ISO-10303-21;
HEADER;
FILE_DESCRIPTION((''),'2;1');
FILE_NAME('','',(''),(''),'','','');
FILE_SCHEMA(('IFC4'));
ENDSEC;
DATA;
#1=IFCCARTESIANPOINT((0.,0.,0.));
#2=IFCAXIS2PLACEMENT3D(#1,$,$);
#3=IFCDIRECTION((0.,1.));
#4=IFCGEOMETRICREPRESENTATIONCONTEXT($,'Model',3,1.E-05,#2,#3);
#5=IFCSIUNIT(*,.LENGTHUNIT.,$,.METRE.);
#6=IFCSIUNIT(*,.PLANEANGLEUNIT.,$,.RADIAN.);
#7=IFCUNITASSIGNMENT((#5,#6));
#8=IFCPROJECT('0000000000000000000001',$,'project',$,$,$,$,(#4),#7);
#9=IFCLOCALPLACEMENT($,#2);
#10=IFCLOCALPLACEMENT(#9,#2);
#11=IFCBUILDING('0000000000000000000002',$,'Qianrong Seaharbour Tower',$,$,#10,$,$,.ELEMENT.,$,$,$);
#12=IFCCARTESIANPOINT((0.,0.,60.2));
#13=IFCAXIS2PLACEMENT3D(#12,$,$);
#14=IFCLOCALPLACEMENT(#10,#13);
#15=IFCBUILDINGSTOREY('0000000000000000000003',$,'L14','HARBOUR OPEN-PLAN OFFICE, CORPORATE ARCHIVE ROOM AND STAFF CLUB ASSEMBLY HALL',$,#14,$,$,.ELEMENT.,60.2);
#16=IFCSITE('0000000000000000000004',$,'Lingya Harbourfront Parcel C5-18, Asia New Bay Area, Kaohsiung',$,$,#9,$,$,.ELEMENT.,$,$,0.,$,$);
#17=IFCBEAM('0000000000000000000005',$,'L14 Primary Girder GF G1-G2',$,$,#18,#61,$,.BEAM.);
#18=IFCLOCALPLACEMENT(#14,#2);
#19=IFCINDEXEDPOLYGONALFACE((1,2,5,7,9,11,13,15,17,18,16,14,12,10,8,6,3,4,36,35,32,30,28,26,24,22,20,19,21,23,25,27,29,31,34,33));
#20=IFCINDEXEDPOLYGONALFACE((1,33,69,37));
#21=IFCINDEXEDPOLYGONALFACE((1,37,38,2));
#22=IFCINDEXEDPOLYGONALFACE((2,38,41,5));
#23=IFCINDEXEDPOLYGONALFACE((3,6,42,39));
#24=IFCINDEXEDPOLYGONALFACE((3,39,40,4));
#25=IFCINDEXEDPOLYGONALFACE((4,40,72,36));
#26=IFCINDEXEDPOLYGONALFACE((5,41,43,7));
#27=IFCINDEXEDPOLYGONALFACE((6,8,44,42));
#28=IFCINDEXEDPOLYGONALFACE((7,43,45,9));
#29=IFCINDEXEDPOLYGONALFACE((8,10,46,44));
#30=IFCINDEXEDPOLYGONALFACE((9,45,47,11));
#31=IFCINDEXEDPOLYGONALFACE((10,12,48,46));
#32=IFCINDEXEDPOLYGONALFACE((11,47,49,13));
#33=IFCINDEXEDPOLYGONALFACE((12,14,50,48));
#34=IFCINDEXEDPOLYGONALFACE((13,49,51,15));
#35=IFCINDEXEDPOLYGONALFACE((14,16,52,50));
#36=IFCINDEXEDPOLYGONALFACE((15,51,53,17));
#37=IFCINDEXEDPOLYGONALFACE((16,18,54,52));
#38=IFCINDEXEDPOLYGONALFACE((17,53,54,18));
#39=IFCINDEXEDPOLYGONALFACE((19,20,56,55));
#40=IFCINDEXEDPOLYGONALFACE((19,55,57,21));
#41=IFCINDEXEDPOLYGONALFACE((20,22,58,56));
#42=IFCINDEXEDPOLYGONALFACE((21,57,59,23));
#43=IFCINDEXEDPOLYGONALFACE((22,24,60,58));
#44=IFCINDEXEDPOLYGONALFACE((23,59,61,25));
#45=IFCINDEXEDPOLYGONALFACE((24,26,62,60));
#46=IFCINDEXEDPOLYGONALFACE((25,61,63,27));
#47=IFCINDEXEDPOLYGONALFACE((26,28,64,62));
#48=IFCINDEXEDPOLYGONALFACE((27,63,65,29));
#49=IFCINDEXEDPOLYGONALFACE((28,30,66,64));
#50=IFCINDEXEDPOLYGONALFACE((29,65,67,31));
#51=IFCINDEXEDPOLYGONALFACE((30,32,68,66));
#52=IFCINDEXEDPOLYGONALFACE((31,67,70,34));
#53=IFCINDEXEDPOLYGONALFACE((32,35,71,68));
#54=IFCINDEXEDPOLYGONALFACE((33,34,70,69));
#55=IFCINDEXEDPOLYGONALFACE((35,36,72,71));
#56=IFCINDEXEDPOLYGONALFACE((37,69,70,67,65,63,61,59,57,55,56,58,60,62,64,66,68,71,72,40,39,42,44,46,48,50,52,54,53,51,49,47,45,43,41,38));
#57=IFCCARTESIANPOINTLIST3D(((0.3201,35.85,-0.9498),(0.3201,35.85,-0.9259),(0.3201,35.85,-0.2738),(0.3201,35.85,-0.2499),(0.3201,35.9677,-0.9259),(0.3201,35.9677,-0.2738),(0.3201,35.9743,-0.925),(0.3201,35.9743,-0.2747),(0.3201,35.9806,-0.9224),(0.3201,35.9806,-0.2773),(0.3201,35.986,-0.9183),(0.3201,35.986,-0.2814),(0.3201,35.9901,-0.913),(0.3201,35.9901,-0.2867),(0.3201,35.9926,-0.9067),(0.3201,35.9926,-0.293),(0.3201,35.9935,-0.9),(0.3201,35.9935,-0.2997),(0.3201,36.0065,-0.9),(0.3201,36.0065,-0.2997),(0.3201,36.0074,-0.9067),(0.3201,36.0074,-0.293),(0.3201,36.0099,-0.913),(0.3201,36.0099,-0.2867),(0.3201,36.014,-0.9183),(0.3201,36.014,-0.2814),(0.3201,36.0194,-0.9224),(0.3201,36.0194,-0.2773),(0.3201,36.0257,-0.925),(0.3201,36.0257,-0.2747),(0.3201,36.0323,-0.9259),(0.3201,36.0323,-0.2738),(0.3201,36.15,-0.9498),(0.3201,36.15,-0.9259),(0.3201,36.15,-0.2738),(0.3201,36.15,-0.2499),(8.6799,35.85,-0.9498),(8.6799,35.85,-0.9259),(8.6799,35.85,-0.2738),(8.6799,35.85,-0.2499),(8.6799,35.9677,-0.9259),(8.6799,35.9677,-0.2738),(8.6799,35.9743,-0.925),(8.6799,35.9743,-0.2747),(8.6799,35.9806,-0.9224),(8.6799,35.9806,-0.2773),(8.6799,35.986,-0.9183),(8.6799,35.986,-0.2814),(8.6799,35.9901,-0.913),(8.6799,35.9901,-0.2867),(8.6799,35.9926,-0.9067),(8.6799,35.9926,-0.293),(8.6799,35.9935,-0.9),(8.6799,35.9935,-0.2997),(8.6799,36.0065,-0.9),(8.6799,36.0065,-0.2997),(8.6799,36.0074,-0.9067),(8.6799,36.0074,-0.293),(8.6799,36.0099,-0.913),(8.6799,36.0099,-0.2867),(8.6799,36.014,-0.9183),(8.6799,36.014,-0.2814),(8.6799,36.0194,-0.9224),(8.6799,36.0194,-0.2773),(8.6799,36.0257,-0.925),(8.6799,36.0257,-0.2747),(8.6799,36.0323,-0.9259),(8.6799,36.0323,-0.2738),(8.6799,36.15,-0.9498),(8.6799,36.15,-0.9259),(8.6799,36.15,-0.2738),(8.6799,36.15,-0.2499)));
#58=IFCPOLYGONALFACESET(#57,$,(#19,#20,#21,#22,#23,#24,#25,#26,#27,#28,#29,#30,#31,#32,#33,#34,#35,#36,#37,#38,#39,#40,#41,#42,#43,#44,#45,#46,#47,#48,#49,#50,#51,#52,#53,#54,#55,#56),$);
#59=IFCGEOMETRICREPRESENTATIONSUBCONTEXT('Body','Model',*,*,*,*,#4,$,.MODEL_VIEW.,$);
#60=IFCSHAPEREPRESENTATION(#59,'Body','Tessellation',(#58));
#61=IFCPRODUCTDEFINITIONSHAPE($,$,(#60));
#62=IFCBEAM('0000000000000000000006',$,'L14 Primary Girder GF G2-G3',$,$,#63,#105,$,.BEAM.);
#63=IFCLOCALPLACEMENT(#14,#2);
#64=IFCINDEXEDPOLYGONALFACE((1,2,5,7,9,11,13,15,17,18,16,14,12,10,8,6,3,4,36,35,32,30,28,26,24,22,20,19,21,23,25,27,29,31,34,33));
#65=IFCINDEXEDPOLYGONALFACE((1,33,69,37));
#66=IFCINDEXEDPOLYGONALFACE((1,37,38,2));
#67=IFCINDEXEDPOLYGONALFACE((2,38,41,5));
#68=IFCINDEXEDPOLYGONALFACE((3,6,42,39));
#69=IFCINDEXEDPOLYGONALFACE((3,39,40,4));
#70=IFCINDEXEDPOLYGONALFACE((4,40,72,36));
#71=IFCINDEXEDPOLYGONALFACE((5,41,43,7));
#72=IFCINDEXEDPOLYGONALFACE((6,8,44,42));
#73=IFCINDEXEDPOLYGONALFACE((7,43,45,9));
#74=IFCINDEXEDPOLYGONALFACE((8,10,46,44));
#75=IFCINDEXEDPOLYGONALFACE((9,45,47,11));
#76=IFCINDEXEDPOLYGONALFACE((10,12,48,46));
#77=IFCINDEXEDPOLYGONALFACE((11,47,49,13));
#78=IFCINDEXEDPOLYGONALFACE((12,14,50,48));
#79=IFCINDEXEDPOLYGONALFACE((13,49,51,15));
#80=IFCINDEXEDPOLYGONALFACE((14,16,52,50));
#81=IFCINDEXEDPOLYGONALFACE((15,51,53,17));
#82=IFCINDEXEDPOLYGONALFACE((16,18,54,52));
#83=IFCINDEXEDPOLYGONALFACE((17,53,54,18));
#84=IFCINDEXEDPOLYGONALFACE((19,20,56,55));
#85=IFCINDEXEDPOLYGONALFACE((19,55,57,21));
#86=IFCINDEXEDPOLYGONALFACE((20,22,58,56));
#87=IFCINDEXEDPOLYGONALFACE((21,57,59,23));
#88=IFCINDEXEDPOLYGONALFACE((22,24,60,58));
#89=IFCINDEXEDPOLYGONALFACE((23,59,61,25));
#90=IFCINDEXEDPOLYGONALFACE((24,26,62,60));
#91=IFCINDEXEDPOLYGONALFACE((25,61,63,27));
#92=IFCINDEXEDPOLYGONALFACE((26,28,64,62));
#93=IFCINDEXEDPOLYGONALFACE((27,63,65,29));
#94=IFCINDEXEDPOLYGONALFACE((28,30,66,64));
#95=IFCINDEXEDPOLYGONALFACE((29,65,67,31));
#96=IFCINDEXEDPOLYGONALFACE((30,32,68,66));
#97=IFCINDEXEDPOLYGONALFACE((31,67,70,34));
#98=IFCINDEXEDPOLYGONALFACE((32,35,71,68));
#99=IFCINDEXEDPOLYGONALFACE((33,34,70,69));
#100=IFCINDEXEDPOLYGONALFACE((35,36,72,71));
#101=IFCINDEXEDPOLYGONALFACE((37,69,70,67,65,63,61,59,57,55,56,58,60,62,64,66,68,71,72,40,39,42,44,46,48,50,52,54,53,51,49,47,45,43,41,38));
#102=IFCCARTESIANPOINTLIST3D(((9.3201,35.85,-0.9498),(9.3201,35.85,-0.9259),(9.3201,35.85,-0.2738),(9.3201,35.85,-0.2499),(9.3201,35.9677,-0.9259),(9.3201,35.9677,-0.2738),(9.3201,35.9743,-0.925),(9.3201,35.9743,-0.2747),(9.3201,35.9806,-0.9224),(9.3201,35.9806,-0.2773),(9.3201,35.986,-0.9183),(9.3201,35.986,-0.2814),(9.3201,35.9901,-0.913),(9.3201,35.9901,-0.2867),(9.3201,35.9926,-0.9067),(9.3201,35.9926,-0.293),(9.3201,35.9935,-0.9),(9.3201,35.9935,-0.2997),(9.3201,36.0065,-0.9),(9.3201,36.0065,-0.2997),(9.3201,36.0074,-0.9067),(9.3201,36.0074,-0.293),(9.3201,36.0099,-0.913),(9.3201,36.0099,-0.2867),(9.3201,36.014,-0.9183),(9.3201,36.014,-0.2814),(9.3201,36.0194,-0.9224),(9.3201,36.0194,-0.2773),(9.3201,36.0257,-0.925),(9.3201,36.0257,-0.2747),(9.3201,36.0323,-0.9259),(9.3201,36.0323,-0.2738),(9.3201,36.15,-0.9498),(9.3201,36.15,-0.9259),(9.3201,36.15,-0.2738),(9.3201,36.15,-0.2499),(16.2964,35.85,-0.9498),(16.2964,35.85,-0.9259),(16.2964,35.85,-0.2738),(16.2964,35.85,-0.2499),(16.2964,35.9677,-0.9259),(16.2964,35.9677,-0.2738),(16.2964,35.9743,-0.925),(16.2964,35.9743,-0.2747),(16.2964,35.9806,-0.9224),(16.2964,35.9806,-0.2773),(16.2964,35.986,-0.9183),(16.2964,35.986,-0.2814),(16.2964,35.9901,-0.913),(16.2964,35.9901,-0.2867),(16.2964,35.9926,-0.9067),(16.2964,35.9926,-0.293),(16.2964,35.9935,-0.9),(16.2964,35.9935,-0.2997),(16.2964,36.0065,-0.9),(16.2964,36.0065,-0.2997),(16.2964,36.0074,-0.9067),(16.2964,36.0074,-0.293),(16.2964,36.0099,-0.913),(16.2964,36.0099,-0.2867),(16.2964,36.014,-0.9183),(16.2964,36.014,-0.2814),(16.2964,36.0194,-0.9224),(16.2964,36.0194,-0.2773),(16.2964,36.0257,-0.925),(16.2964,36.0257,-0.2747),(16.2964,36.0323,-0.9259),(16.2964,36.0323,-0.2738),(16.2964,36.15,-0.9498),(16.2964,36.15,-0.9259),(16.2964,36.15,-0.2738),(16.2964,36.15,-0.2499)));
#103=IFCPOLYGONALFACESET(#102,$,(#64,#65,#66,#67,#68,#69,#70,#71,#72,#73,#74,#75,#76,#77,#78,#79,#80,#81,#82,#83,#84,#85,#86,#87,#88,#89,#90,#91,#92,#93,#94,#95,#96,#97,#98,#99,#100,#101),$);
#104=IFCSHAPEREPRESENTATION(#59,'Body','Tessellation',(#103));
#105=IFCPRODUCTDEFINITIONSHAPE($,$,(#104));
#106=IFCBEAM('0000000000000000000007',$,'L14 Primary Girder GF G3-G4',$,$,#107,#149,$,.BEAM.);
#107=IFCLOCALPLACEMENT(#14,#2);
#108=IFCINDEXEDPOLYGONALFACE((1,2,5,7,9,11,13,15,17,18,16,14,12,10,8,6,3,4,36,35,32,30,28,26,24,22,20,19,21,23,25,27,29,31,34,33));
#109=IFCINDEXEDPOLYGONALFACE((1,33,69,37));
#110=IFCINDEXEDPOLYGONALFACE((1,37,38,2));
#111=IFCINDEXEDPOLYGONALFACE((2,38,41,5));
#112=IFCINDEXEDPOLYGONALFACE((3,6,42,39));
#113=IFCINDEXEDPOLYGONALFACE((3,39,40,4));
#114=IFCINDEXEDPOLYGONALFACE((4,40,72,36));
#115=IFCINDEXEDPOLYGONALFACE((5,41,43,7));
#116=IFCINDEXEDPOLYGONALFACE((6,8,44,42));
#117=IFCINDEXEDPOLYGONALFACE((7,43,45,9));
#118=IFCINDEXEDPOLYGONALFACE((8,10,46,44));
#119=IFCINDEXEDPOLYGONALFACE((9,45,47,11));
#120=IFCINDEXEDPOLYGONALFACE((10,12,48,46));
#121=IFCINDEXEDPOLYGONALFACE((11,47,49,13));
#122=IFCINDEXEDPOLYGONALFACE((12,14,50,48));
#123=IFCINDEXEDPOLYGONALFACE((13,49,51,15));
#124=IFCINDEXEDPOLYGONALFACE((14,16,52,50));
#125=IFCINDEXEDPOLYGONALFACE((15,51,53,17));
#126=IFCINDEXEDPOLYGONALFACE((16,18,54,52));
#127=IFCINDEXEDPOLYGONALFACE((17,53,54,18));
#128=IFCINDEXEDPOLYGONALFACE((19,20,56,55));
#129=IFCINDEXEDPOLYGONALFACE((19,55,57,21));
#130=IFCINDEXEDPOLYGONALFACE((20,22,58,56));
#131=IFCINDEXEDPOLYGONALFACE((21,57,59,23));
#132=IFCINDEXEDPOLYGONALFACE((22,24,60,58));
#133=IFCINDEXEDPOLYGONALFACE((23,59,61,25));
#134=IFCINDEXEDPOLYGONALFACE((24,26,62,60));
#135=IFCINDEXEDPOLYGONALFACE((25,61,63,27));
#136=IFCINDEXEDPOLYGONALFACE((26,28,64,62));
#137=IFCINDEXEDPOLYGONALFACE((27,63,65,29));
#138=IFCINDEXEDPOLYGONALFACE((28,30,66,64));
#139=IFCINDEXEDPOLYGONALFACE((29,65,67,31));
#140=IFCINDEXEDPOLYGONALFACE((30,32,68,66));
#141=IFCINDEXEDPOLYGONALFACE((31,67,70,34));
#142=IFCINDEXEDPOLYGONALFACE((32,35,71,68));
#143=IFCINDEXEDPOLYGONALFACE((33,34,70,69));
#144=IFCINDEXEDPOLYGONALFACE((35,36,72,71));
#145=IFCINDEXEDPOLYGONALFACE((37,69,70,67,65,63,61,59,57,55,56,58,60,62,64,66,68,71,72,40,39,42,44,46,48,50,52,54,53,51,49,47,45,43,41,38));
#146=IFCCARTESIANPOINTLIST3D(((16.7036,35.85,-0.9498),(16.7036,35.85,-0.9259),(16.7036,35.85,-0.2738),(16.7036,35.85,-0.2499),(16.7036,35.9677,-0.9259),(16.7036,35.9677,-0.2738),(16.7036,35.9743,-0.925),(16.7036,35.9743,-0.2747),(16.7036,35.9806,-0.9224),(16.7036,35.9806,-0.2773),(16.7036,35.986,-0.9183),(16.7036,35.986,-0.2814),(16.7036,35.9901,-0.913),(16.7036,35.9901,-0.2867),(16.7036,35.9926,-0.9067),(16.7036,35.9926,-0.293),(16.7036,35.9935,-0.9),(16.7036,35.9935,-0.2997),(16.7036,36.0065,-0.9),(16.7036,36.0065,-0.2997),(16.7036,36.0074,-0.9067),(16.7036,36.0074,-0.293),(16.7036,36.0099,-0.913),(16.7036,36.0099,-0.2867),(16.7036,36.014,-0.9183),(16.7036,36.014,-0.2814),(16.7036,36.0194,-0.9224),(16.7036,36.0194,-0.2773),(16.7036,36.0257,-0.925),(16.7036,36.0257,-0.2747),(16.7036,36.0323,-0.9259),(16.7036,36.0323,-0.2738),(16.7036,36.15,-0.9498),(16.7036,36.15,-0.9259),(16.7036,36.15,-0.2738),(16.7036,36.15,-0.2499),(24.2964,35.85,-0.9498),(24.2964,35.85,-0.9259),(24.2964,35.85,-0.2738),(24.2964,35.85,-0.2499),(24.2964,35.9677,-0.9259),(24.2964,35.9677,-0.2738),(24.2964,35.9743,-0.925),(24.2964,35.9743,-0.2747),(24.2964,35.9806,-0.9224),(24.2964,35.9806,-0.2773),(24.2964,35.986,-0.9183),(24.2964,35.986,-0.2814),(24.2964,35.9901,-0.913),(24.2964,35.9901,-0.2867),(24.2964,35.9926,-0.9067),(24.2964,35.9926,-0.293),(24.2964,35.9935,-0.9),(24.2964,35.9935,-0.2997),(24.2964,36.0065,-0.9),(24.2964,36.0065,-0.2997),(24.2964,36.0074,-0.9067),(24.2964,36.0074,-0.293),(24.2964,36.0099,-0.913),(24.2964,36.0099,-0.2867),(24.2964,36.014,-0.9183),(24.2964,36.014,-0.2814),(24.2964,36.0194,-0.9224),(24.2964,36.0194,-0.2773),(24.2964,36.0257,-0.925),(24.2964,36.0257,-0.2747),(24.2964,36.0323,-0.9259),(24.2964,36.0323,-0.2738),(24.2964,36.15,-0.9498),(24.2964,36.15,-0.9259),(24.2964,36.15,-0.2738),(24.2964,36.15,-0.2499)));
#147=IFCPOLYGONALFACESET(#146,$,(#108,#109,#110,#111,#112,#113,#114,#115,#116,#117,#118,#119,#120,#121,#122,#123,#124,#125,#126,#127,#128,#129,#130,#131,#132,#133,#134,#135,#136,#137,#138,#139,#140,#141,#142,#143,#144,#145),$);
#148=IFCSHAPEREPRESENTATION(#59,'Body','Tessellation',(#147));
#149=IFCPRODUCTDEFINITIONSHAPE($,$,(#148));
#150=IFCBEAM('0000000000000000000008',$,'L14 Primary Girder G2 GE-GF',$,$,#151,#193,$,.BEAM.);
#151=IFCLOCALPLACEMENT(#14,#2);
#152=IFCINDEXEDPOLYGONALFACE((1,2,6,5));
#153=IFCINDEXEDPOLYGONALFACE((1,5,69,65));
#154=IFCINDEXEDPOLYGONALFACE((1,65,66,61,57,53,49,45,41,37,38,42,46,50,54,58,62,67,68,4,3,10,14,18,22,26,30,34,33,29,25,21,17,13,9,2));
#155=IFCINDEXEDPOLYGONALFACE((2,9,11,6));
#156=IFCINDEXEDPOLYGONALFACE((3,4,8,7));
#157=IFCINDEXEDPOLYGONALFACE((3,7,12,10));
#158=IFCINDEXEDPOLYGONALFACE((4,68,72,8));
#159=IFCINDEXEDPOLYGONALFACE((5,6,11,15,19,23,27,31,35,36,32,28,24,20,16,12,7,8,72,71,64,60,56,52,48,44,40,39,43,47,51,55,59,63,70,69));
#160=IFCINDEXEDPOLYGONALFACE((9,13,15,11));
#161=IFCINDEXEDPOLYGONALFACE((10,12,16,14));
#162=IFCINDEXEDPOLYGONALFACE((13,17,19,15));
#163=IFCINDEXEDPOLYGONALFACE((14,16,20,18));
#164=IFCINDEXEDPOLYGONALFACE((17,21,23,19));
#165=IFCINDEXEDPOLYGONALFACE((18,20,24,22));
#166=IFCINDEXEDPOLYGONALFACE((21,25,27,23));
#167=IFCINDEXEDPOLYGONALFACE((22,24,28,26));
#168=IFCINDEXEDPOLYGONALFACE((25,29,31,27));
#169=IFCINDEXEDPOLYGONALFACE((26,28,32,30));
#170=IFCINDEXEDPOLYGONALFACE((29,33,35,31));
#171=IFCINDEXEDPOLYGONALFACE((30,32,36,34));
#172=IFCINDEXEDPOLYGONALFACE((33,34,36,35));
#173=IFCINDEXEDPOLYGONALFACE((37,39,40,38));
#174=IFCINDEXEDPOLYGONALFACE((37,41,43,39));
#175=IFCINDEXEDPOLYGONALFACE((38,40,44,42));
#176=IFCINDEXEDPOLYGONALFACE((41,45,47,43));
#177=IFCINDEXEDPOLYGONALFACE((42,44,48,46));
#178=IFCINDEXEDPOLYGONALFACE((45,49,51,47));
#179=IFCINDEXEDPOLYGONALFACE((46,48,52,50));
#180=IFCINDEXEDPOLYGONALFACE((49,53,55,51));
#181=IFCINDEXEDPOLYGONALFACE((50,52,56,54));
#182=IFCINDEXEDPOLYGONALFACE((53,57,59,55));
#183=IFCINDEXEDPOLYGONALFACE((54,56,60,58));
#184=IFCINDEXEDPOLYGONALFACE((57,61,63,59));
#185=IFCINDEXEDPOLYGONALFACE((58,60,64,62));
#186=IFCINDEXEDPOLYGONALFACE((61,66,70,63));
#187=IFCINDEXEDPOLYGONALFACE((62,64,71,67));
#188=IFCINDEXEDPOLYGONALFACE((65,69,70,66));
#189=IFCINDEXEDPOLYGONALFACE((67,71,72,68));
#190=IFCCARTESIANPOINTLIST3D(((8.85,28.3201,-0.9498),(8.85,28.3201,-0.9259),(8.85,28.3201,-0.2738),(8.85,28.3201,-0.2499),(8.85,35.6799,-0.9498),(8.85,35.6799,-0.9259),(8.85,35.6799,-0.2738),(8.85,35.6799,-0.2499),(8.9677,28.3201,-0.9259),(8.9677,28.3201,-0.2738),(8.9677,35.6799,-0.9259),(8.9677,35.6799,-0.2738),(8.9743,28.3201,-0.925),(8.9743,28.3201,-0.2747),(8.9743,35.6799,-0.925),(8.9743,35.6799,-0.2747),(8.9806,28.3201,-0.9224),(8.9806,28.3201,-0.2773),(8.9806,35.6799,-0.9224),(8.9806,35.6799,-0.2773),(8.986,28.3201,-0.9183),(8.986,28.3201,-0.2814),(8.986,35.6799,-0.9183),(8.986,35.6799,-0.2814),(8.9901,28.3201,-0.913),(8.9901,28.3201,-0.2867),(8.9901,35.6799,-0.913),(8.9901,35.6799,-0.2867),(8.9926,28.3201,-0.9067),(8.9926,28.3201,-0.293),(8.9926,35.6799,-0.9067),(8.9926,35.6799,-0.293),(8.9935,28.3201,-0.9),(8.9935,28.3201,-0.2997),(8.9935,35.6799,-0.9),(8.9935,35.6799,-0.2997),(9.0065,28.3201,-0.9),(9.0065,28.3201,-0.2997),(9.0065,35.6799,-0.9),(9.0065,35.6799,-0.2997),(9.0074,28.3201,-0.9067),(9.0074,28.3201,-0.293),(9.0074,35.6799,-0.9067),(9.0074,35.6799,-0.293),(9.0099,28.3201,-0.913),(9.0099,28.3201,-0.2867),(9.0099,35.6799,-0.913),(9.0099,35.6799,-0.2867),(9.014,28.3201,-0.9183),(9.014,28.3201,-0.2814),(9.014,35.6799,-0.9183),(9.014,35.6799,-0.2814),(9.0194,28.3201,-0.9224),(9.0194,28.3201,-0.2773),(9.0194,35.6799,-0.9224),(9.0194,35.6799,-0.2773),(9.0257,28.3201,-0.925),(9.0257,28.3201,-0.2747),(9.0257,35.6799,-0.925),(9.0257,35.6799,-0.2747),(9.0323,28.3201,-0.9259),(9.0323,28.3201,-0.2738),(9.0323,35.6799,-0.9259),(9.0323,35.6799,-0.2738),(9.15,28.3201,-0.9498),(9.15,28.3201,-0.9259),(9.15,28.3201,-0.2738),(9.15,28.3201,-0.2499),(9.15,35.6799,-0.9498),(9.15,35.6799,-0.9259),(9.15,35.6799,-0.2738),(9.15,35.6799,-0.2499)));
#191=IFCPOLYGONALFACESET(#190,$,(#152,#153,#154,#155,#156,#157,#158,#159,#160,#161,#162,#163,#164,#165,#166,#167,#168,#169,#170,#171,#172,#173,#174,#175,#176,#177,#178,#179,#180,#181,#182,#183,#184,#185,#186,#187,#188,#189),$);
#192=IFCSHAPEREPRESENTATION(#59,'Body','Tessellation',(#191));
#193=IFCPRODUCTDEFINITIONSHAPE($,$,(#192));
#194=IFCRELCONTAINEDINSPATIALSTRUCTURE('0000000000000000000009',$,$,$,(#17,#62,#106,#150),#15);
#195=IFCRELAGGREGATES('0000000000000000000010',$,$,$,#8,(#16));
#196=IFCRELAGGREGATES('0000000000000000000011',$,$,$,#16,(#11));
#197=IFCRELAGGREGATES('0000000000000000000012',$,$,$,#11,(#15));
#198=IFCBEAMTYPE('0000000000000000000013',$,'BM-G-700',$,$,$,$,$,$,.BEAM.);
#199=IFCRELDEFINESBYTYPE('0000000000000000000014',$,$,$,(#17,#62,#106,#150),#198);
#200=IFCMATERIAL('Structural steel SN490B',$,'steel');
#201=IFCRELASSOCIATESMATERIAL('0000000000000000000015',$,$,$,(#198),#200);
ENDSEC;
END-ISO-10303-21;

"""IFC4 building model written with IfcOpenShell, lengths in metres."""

from ifc_helpers import new_model, si_unit, direction, frame, origin, origin_2d, place, context, subcontext, project, spatial, i_section, extrude, material, material_profile, profile_set, type_object, element, save


model = new_model("IFC4")

# Units and contexts
model_context = context("Model", 3, precision=1e-05, world=origin(), true_north=direction((0.0, 1.0)))
body_context = subcontext(model_context, "Body", "Model", "MODEL_VIEW")
ifc_project = project(units=[si_unit("LENGTHUNIT", "METRE"), si_unit("PLANEANGLEUNIT", "RADIAN")], contexts=[model_context])

# Site, building, storey
site_placement = place(None, origin())
site = spatial("IfcSite", under=ifc_project, at=site_placement, Name="Lingya Harbourfront Parcel C5-18, Asia New Bay Area, Kaohsiung", CompositionType="ELEMENT", RefElevation=0.0)
building_placement = place(site_placement, origin())
building = spatial("IfcBuilding", under=site, at=building_placement, Name="Qianrong Seaharbour Tower", CompositionType="ELEMENT")
storey_placement = place(building_placement, frame((0.0, 0.0, 60.2)))
storey = spatial("IfcBuildingStorey", under=building, at=storey_placement, Name="L14", Description="HARBOUR OPEN-PLAN OFFICE, CORPORATE ARCHIVE ROOM AND STAFF CLUB ASSEMBLY HALL", CompositionType="ELEMENT", Elevation=60.2)

# Shared definitions
ifc_material_1 = material(Name="Structural steel SN490B", Category="steel")

# Beams
ifc_material_profile_1 = material_profile(ifc_material_1, i_section(OverallWidth=0.3, OverallDepth=0.7, WebThickness=0.0129, FlangeThickness=0.0239, FilletRadius=0.0259, at=origin_2d()), Name="H700x300x13x24")
ifc_profile_set_1 = profile_set([ifc_material_profile_1], Name="Structural steel SN490B")
beam_type_1 = type_object("IfcBeamType", Name="BM-G-700", PredefinedType="BEAM", material=ifc_profile_set_1)
beam_1_placement = place(storey_placement, frame((0.3201, 36.0, -0.5999), z_axis=(1.0, 0.0, 0.0), x_axis=(0.0, 1.0, 0.0)))
element("IfcBeam", 1, at=beam_1_placement, inside=storey, type_object=beam_type_1, Name="L14 Primary Girder GF G1-G2", PredefinedType="BEAM", context=body_context, shape_type="SweptSolid", body=[
    extrude(i_section(OverallWidth=0.3, OverallDepth=0.7, WebThickness=0.0129, FlangeThickness=0.0239, FilletRadius=0.0259, at=origin_2d()), origin(), (0.0, 0.0, 1.0), 8.3599),
])
beam_2_placement = place(storey_placement, frame((9.3201, 36.0, -0.5999), z_axis=(1.0, 0.0, 0.0), x_axis=(0.0, 1.0, 0.0)))
element("IfcBeam", 2, at=beam_2_placement, inside=storey, type_object=beam_type_1, Name="L14 Primary Girder GF G2-G3", PredefinedType="BEAM", context=body_context, shape_type="SweptSolid", body=[
    extrude(i_section(OverallWidth=0.3, OverallDepth=0.7, WebThickness=0.0129, FlangeThickness=0.0239, FilletRadius=0.0259, at=origin_2d()), origin(), (0.0, 0.0, 1.0), 6.9763),
])
beam_3_placement = place(storey_placement, frame((16.7036, 36.0, -0.5999), z_axis=(1.0, 0.0, 0.0), x_axis=(0.0, 1.0, 0.0)))
element("IfcBeam", 3, at=beam_3_placement, inside=storey, type_object=beam_type_1, Name="L14 Primary Girder GF G3-G4", PredefinedType="BEAM", context=body_context, shape_type="SweptSolid", body=[
    extrude(i_section(OverallWidth=0.3, OverallDepth=0.7, WebThickness=0.0129, FlangeThickness=0.0239, FilletRadius=0.0259, at=origin_2d()), origin(), (0.0, 0.0, 1.0), 7.5928),
])
beam_4_placement = place(storey_placement, frame((9.0, 28.3201, -0.5999), z_axis=(0.0, 1.0, 0.0), x_axis=(-1.0, 0.0, 0.0)))
element("IfcBeam", 4, at=beam_4_placement, inside=storey, type_object=beam_type_1, Name="L14 Primary Girder G2 GE-GF", PredefinedType="BEAM", context=body_context, shape_type="SweptSolid", body=[
    extrude(i_section(OverallWidth=0.3, OverallDepth=0.7, WebThickness=0.0129, FlangeThickness=0.0239, FilletRadius=0.0259, at=origin_2d()), origin(), (0.0, 0.0, 1.0), 7.3599),
])

save(model, "model.ifc")
